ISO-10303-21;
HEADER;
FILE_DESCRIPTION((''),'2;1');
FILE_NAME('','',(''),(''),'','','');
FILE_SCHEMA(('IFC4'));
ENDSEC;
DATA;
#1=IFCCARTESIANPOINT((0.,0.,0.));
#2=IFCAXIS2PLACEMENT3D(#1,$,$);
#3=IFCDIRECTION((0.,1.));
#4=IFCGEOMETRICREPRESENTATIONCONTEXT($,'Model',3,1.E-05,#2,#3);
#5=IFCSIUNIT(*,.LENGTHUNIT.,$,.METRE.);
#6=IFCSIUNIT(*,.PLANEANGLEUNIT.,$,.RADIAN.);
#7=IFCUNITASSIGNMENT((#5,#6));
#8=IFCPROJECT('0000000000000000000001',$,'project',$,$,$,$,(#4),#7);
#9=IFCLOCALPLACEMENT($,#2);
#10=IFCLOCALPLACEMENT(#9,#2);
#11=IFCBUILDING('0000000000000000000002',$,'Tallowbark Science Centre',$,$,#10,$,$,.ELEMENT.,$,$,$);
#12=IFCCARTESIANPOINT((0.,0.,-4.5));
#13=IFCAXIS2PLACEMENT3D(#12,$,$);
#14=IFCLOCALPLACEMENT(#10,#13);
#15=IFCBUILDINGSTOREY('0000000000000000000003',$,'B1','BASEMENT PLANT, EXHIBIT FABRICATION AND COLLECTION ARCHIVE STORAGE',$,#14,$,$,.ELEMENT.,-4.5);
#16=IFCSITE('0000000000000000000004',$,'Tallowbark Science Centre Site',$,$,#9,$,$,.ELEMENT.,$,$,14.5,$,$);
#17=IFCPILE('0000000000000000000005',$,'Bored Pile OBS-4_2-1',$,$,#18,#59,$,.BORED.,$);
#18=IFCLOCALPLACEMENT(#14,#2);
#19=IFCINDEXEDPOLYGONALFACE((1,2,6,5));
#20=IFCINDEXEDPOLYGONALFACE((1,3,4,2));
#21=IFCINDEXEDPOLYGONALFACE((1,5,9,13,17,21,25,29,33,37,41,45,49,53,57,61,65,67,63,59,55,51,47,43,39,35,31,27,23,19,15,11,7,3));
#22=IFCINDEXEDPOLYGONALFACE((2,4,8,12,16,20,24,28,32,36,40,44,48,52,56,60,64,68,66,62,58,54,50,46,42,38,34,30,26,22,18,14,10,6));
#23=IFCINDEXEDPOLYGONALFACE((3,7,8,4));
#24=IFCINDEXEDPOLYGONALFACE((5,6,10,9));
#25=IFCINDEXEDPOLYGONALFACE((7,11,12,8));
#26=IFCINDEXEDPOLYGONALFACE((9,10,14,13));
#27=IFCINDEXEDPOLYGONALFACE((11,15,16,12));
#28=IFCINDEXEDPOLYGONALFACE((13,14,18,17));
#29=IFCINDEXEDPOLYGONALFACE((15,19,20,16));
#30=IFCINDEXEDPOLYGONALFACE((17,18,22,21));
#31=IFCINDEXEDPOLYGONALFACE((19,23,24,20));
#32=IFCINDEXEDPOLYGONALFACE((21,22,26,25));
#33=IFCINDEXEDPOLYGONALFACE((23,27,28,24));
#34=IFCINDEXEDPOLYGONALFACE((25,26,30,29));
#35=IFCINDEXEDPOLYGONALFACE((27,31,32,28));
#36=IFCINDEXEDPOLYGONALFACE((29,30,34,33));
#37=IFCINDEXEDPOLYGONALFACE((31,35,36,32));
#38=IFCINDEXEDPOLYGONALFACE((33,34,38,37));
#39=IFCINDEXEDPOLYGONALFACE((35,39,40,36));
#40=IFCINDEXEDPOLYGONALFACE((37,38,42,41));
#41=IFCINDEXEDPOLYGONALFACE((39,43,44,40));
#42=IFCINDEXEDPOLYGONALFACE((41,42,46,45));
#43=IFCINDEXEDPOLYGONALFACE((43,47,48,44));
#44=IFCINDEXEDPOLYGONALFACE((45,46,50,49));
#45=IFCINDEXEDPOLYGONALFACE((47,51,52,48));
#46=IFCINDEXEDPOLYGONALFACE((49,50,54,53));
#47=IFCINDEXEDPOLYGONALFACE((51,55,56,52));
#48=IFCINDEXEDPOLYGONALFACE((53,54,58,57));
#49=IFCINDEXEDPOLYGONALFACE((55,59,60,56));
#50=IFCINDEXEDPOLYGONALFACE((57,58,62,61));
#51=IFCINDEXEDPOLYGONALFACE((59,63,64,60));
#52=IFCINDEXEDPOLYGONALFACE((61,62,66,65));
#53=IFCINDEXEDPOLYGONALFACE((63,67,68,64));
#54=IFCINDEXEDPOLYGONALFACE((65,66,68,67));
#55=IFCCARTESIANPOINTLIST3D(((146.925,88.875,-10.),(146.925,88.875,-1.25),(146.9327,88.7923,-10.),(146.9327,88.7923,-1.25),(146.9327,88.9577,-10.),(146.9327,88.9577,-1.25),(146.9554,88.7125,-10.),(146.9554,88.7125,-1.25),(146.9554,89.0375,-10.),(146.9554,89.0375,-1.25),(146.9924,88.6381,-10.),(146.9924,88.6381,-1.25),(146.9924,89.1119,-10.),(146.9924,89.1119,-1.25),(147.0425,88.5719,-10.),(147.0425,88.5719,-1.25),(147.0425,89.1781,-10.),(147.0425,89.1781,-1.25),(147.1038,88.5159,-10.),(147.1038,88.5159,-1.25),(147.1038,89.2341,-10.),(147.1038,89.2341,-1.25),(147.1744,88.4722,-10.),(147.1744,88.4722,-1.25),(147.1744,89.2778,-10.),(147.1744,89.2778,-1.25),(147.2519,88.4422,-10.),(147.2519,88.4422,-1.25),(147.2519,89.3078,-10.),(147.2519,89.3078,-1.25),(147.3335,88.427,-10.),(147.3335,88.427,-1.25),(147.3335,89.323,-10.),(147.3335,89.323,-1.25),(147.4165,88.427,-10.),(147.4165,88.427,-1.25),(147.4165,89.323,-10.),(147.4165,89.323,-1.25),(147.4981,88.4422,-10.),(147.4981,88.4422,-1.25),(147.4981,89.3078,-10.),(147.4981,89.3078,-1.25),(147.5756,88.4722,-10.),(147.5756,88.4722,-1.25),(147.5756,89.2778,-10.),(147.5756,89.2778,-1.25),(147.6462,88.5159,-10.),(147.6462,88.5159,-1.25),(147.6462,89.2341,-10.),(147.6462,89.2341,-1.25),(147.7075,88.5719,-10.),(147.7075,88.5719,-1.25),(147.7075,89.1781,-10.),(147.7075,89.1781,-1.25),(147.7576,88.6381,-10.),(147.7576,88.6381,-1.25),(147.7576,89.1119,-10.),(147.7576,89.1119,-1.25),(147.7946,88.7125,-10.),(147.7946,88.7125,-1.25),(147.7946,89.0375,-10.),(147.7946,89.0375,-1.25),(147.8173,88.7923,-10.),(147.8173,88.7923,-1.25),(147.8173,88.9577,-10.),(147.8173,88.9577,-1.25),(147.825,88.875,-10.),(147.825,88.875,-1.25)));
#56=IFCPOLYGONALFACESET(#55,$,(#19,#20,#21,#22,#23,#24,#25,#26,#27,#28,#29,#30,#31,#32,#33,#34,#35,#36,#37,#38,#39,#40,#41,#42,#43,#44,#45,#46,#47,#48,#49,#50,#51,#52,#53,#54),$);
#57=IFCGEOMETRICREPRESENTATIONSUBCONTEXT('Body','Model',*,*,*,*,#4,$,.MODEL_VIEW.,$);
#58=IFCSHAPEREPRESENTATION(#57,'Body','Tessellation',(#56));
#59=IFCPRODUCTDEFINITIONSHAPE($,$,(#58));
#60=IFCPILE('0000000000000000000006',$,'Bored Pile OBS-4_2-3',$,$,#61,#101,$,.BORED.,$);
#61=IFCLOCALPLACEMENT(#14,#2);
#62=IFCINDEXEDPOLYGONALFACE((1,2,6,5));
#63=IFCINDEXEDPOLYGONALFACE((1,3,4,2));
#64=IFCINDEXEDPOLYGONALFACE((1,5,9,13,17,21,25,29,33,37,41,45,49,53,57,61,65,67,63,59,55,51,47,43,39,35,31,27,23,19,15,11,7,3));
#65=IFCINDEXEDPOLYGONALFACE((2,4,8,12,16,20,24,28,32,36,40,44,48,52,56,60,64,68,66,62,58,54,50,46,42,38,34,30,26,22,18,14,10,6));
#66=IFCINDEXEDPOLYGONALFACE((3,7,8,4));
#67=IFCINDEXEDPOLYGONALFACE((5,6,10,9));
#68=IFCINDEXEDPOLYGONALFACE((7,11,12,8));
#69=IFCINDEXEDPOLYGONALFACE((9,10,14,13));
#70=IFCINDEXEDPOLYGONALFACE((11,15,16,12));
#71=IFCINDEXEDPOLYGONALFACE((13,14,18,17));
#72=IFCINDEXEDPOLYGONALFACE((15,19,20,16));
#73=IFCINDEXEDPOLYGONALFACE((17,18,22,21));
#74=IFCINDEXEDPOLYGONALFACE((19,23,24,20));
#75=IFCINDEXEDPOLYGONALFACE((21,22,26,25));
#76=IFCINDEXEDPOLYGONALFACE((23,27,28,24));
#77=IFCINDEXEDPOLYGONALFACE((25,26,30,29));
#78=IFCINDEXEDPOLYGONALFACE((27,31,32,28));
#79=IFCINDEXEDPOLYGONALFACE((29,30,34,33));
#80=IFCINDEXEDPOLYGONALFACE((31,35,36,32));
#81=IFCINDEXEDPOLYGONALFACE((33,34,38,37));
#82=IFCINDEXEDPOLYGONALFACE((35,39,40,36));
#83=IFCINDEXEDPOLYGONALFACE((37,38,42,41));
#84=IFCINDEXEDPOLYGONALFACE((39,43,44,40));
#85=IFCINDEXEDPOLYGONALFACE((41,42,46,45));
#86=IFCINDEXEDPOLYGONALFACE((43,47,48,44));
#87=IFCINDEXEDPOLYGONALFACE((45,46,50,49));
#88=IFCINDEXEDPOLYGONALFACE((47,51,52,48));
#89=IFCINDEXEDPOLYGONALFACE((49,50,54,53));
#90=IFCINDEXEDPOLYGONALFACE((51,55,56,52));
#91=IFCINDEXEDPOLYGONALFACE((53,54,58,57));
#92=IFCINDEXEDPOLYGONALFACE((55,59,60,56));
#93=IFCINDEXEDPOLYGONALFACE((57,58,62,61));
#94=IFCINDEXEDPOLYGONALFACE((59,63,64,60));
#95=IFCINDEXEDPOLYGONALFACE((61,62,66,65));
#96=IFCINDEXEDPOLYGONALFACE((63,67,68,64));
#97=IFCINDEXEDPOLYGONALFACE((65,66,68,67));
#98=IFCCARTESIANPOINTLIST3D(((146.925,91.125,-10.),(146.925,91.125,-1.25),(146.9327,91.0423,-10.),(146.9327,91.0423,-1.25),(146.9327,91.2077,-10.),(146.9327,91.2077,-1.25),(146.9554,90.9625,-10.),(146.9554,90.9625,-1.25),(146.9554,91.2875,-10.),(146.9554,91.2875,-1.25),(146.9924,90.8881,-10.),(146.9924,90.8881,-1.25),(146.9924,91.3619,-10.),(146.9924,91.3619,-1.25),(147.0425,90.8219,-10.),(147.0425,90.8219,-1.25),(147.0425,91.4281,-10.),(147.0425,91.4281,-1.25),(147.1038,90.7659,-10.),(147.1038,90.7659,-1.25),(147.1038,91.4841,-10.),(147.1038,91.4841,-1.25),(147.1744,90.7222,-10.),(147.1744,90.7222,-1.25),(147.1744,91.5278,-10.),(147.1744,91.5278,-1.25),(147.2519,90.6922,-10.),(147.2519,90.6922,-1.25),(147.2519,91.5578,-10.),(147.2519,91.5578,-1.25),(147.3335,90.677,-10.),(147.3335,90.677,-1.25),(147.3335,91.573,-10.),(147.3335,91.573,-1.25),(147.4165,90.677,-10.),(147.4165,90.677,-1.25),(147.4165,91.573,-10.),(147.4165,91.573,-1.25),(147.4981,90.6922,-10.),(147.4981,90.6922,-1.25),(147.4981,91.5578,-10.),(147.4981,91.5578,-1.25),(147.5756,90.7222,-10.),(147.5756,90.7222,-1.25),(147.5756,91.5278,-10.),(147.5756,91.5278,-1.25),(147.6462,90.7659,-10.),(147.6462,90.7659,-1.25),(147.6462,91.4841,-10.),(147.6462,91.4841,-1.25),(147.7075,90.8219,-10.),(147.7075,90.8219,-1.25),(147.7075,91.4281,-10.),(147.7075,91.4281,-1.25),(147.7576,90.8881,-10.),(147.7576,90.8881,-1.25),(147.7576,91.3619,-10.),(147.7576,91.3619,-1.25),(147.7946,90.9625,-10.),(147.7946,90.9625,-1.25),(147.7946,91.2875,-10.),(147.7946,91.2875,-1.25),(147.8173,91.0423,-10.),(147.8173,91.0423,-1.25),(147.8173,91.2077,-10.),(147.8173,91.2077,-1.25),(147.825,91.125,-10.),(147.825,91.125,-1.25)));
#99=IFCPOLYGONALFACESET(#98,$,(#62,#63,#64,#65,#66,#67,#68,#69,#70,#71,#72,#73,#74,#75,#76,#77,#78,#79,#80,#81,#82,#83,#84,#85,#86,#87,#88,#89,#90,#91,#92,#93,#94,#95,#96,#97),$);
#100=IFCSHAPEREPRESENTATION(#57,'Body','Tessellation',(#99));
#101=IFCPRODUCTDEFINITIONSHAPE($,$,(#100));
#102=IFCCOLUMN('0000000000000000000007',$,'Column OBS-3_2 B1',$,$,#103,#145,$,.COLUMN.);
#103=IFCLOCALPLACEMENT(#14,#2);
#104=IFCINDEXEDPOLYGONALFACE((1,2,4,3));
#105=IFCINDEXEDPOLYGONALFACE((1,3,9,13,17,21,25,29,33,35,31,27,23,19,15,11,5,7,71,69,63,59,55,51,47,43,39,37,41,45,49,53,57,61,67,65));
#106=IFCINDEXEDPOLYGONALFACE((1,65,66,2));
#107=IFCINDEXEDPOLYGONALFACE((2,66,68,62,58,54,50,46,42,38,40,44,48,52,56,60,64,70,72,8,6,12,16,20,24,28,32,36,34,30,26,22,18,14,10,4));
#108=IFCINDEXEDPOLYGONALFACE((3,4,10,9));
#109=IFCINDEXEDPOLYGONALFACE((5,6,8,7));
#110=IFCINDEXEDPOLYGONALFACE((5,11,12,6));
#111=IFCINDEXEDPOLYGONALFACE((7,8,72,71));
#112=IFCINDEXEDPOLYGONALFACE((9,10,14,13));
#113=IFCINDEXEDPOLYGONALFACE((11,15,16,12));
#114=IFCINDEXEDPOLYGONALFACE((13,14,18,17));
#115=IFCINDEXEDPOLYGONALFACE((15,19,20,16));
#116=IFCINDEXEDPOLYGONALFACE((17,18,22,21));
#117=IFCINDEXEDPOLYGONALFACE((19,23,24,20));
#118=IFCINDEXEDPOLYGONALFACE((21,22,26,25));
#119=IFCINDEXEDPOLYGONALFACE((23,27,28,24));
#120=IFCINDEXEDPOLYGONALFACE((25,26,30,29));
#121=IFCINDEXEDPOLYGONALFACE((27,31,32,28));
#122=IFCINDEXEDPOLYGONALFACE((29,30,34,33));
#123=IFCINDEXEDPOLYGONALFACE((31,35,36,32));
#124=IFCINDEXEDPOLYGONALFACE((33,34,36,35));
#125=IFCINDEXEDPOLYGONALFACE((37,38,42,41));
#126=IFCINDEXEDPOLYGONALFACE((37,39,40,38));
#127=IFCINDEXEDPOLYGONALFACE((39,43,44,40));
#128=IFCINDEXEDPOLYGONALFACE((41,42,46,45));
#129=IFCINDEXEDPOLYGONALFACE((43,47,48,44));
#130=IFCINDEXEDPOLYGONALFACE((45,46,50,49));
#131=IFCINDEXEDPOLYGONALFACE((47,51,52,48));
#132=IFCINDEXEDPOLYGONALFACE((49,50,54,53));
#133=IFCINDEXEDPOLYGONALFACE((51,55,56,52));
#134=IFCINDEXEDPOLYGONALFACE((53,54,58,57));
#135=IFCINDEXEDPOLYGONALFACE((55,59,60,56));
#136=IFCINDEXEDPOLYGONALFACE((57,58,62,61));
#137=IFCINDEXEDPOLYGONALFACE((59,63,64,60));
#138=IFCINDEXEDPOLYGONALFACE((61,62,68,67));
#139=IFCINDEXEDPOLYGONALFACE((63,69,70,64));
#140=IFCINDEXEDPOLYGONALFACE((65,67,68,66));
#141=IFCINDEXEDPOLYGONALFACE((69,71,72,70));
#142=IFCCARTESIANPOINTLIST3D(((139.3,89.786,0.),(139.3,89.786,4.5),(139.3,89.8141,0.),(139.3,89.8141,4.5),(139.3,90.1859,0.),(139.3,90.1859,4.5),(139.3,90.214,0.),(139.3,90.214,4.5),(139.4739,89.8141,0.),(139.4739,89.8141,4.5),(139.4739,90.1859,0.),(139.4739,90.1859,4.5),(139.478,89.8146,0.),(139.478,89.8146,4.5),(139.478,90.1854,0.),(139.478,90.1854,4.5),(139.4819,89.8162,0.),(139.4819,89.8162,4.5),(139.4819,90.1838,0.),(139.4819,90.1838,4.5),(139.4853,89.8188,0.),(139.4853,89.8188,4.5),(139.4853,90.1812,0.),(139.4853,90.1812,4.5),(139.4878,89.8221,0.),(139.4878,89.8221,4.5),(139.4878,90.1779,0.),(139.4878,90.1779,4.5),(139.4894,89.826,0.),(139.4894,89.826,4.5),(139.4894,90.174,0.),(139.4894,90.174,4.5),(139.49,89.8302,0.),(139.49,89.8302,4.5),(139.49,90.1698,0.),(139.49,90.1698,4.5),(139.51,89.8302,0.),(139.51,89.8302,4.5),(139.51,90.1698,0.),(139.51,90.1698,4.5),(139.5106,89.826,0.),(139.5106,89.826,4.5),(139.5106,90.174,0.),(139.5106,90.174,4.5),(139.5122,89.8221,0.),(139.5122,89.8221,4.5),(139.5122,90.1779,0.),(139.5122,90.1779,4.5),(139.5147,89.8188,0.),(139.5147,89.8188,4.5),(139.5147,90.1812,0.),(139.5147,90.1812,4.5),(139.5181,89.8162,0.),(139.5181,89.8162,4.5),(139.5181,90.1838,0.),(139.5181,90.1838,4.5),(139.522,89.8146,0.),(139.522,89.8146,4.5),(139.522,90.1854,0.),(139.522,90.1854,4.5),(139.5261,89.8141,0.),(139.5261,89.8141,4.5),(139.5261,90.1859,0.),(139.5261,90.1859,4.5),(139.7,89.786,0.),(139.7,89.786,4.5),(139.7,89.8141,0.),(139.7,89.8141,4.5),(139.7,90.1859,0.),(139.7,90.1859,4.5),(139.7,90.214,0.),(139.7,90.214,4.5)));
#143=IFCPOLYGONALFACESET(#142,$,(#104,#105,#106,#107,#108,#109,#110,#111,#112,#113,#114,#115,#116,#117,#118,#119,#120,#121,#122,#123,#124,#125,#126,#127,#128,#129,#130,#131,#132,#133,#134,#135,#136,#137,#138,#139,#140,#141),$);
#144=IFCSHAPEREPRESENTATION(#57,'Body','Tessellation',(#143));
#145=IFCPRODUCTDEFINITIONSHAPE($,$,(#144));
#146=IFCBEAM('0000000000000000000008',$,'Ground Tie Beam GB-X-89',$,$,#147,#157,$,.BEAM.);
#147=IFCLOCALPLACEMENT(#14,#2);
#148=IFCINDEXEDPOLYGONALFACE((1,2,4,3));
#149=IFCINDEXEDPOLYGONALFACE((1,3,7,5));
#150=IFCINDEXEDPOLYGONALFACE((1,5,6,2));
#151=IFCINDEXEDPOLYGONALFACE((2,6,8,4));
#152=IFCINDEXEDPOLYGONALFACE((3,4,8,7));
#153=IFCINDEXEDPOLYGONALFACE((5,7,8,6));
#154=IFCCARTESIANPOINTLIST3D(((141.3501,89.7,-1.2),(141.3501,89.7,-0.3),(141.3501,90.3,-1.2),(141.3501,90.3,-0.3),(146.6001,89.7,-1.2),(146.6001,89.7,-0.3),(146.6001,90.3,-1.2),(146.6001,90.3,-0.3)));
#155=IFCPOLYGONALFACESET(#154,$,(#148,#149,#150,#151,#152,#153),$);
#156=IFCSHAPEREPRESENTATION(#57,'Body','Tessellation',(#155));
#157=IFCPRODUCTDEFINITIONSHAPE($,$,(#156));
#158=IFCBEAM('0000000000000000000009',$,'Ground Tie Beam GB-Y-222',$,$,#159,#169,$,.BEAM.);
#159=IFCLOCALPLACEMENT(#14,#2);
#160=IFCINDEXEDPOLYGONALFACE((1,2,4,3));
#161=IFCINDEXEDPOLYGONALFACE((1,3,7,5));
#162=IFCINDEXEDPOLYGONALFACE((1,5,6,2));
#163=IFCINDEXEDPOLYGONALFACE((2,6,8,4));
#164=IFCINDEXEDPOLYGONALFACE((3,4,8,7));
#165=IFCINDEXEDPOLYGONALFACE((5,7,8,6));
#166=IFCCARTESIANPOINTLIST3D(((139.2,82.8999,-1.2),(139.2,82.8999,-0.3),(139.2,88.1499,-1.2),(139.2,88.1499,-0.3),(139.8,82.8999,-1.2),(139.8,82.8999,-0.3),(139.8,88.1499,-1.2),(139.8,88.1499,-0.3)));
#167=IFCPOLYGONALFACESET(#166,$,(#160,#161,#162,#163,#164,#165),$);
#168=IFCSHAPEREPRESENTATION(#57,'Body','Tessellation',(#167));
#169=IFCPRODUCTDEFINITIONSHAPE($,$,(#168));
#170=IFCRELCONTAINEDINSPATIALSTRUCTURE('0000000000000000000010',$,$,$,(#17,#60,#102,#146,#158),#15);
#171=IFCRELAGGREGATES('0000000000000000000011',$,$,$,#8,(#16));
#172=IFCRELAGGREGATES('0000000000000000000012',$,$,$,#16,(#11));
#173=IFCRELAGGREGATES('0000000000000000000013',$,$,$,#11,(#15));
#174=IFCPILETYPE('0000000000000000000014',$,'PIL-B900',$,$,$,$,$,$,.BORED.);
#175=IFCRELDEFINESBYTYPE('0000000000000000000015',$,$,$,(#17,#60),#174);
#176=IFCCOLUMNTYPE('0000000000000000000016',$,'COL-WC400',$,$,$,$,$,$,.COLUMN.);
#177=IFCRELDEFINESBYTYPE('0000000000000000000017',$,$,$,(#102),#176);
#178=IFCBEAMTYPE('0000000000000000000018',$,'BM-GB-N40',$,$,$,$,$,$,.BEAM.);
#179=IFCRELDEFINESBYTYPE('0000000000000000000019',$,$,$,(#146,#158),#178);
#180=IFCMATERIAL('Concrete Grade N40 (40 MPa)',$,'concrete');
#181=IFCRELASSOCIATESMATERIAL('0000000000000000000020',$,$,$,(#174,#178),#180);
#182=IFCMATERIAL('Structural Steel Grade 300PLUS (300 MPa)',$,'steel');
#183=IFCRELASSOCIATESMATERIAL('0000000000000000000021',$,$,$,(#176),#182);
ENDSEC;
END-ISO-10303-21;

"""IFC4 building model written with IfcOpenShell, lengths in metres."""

from ifc_helpers import new_model, si_unit, direction, frame, origin, origin_2d, place, context, subcontext, project, spatial, rectangle, circle, i_section, extrude, material, material_profile, profile_set, type_object, element, save


model = new_model("IFC4")

# Units and contexts
model_context = context("Model", 3, precision=1e-05, world=origin(), true_north=direction((0.0, 1.0)))
body_context = subcontext(model_context, "Body", "Model", "MODEL_VIEW")
ifc_project = project(units=[si_unit("LENGTHUNIT", "METRE"), si_unit("PLANEANGLEUNIT", "RADIAN")], contexts=[model_context])

# Site, building, storey
site_placement = place(None, origin())
site = spatial("IfcSite", under=ifc_project, at=site_placement, Name="Tallowbark Science Centre Site", CompositionType="ELEMENT", RefElevation=14.5)
building_placement = place(site_placement, origin())
building = spatial("IfcBuilding", under=site, at=building_placement, Name="Tallowbark Science Centre", CompositionType="ELEMENT")
storey_placement = place(building_placement, frame((0.0, 0.0, -4.5)))
storey = spatial("IfcBuildingStorey", under=building, at=storey_placement, Name="B1", Description="BASEMENT PLANT, EXHIBIT FABRICATION AND COLLECTION ARCHIVE STORAGE", CompositionType="ELEMENT", Elevation=-4.5)

# Shared definitions
ifc_material_1 = material(Name="Concrete Grade N40 (40 MPa)", Category="concrete")

# Piles
ifc_material_profile_1 = material_profile(ifc_material_1, circle(Radius=0.45, at=origin_2d()), Name="PILE900")
ifc_profile_set_1 = profile_set([ifc_material_profile_1], Name="Concrete Grade N40 (40 MPa)")
pile_type = type_object("IfcPileType", Name="PIL-B900", PredefinedType="BORED", material=ifc_profile_set_1)
for number, where, z_axis, x_axis, name in (
    (1, (147.375, 88.875, -1.25), (0.0, 0.0, -1.0), (1.0, 0.0, 0.0), "Bored Pile OBS-4_2-1"),
    (2, (147.375, 91.125, -1.25), (0.0, 0.0, -1.0), (1.0, 0.0, 0.0), "Bored Pile OBS-4_2-3"),
):
    element("IfcPile", number, at=place(storey_placement, frame(where, z_axis=z_axis, x_axis=x_axis)), inside=storey, type_object=pile_type, Name=name, PredefinedType="BORED", context=body_context, shape_type="SweptSolid", body=[
        extrude(circle(Radius=0.45, at=origin_2d()), origin(), (0.0, 0.0, 1.0), 8.75),
    ])

# Column
ifc_material_2 = material(Name="Structural Steel Grade 300PLUS (300 MPa)", Category="steel")
ifc_material_profile_2 = material_profile(ifc_material_2, i_section(OverallWidth=0.3999, OverallDepth=0.428, WebThickness=0.02, FlangeThickness=0.0281, FilletRadius=0.0161, at=origin_2d()), Name="400WC270")
ifc_profile_set_2 = profile_set([ifc_material_profile_2], Name="Structural Steel Grade 300PLUS (300 MPa)")
column_type = type_object("IfcColumnType", Name="COL-WC400", PredefinedType="COLUMN", material=ifc_profile_set_2)
column_placement = place(storey_placement, frame((139.5, 90.0, 0.0), z_axis=(0.0, 0.0, 1.0), x_axis=(1.0, 0.0, 0.0)))
element("IfcColumn", 3, at=column_placement, inside=storey, type_object=column_type, Name="Column OBS-3_2 B1", PredefinedType="COLUMN", context=body_context, shape_type="SweptSolid", body=[
    extrude(i_section(OverallWidth=0.3999, OverallDepth=0.428, WebThickness=0.02, FlangeThickness=0.0281, FilletRadius=0.0161, at=origin_2d()), origin(), (0.0, 0.0, 1.0), 4.5),
])

# Beams
ifc_material_profile_3 = material_profile(ifc_material_1, rectangle(XDim=0.6001, YDim=0.8999, at=origin_2d()), Name="RC600x900")
ifc_profile_set_3 = profile_set([ifc_material_profile_3], Name="Concrete Grade N40 (40 MPa)")
beam_type_1 = type_object("IfcBeamType", Name="BM-GB-N40", PredefinedType="BEAM", material=ifc_profile_set_3)
for number, where, z_axis, x_axis, name in (
    (4, (141.3501, 90.0, -0.75), (1.0, 0.0, 0.0), (0.0, 1.0, 0.0), "Ground Tie Beam GB-X-89"),
    (5, (139.5, 82.8999, -0.75), (0.0, 1.0, 0.0), (-1.0, 0.0, 0.0), "Ground Tie Beam GB-Y-222"),
):
    element("IfcBeam", number, at=place(storey_placement, frame(where, z_axis=z_axis, x_axis=x_axis)), inside=storey, type_object=beam_type_1, Name=name, PredefinedType="BEAM", context=body_context, shape_type="SweptSolid", body=[
        extrude(rectangle(XDim=0.6001, YDim=0.8999, at=origin_2d()), origin(), (0.0, 0.0, 1.0), 5.25),
    ])

save(model, "model.ifc")
